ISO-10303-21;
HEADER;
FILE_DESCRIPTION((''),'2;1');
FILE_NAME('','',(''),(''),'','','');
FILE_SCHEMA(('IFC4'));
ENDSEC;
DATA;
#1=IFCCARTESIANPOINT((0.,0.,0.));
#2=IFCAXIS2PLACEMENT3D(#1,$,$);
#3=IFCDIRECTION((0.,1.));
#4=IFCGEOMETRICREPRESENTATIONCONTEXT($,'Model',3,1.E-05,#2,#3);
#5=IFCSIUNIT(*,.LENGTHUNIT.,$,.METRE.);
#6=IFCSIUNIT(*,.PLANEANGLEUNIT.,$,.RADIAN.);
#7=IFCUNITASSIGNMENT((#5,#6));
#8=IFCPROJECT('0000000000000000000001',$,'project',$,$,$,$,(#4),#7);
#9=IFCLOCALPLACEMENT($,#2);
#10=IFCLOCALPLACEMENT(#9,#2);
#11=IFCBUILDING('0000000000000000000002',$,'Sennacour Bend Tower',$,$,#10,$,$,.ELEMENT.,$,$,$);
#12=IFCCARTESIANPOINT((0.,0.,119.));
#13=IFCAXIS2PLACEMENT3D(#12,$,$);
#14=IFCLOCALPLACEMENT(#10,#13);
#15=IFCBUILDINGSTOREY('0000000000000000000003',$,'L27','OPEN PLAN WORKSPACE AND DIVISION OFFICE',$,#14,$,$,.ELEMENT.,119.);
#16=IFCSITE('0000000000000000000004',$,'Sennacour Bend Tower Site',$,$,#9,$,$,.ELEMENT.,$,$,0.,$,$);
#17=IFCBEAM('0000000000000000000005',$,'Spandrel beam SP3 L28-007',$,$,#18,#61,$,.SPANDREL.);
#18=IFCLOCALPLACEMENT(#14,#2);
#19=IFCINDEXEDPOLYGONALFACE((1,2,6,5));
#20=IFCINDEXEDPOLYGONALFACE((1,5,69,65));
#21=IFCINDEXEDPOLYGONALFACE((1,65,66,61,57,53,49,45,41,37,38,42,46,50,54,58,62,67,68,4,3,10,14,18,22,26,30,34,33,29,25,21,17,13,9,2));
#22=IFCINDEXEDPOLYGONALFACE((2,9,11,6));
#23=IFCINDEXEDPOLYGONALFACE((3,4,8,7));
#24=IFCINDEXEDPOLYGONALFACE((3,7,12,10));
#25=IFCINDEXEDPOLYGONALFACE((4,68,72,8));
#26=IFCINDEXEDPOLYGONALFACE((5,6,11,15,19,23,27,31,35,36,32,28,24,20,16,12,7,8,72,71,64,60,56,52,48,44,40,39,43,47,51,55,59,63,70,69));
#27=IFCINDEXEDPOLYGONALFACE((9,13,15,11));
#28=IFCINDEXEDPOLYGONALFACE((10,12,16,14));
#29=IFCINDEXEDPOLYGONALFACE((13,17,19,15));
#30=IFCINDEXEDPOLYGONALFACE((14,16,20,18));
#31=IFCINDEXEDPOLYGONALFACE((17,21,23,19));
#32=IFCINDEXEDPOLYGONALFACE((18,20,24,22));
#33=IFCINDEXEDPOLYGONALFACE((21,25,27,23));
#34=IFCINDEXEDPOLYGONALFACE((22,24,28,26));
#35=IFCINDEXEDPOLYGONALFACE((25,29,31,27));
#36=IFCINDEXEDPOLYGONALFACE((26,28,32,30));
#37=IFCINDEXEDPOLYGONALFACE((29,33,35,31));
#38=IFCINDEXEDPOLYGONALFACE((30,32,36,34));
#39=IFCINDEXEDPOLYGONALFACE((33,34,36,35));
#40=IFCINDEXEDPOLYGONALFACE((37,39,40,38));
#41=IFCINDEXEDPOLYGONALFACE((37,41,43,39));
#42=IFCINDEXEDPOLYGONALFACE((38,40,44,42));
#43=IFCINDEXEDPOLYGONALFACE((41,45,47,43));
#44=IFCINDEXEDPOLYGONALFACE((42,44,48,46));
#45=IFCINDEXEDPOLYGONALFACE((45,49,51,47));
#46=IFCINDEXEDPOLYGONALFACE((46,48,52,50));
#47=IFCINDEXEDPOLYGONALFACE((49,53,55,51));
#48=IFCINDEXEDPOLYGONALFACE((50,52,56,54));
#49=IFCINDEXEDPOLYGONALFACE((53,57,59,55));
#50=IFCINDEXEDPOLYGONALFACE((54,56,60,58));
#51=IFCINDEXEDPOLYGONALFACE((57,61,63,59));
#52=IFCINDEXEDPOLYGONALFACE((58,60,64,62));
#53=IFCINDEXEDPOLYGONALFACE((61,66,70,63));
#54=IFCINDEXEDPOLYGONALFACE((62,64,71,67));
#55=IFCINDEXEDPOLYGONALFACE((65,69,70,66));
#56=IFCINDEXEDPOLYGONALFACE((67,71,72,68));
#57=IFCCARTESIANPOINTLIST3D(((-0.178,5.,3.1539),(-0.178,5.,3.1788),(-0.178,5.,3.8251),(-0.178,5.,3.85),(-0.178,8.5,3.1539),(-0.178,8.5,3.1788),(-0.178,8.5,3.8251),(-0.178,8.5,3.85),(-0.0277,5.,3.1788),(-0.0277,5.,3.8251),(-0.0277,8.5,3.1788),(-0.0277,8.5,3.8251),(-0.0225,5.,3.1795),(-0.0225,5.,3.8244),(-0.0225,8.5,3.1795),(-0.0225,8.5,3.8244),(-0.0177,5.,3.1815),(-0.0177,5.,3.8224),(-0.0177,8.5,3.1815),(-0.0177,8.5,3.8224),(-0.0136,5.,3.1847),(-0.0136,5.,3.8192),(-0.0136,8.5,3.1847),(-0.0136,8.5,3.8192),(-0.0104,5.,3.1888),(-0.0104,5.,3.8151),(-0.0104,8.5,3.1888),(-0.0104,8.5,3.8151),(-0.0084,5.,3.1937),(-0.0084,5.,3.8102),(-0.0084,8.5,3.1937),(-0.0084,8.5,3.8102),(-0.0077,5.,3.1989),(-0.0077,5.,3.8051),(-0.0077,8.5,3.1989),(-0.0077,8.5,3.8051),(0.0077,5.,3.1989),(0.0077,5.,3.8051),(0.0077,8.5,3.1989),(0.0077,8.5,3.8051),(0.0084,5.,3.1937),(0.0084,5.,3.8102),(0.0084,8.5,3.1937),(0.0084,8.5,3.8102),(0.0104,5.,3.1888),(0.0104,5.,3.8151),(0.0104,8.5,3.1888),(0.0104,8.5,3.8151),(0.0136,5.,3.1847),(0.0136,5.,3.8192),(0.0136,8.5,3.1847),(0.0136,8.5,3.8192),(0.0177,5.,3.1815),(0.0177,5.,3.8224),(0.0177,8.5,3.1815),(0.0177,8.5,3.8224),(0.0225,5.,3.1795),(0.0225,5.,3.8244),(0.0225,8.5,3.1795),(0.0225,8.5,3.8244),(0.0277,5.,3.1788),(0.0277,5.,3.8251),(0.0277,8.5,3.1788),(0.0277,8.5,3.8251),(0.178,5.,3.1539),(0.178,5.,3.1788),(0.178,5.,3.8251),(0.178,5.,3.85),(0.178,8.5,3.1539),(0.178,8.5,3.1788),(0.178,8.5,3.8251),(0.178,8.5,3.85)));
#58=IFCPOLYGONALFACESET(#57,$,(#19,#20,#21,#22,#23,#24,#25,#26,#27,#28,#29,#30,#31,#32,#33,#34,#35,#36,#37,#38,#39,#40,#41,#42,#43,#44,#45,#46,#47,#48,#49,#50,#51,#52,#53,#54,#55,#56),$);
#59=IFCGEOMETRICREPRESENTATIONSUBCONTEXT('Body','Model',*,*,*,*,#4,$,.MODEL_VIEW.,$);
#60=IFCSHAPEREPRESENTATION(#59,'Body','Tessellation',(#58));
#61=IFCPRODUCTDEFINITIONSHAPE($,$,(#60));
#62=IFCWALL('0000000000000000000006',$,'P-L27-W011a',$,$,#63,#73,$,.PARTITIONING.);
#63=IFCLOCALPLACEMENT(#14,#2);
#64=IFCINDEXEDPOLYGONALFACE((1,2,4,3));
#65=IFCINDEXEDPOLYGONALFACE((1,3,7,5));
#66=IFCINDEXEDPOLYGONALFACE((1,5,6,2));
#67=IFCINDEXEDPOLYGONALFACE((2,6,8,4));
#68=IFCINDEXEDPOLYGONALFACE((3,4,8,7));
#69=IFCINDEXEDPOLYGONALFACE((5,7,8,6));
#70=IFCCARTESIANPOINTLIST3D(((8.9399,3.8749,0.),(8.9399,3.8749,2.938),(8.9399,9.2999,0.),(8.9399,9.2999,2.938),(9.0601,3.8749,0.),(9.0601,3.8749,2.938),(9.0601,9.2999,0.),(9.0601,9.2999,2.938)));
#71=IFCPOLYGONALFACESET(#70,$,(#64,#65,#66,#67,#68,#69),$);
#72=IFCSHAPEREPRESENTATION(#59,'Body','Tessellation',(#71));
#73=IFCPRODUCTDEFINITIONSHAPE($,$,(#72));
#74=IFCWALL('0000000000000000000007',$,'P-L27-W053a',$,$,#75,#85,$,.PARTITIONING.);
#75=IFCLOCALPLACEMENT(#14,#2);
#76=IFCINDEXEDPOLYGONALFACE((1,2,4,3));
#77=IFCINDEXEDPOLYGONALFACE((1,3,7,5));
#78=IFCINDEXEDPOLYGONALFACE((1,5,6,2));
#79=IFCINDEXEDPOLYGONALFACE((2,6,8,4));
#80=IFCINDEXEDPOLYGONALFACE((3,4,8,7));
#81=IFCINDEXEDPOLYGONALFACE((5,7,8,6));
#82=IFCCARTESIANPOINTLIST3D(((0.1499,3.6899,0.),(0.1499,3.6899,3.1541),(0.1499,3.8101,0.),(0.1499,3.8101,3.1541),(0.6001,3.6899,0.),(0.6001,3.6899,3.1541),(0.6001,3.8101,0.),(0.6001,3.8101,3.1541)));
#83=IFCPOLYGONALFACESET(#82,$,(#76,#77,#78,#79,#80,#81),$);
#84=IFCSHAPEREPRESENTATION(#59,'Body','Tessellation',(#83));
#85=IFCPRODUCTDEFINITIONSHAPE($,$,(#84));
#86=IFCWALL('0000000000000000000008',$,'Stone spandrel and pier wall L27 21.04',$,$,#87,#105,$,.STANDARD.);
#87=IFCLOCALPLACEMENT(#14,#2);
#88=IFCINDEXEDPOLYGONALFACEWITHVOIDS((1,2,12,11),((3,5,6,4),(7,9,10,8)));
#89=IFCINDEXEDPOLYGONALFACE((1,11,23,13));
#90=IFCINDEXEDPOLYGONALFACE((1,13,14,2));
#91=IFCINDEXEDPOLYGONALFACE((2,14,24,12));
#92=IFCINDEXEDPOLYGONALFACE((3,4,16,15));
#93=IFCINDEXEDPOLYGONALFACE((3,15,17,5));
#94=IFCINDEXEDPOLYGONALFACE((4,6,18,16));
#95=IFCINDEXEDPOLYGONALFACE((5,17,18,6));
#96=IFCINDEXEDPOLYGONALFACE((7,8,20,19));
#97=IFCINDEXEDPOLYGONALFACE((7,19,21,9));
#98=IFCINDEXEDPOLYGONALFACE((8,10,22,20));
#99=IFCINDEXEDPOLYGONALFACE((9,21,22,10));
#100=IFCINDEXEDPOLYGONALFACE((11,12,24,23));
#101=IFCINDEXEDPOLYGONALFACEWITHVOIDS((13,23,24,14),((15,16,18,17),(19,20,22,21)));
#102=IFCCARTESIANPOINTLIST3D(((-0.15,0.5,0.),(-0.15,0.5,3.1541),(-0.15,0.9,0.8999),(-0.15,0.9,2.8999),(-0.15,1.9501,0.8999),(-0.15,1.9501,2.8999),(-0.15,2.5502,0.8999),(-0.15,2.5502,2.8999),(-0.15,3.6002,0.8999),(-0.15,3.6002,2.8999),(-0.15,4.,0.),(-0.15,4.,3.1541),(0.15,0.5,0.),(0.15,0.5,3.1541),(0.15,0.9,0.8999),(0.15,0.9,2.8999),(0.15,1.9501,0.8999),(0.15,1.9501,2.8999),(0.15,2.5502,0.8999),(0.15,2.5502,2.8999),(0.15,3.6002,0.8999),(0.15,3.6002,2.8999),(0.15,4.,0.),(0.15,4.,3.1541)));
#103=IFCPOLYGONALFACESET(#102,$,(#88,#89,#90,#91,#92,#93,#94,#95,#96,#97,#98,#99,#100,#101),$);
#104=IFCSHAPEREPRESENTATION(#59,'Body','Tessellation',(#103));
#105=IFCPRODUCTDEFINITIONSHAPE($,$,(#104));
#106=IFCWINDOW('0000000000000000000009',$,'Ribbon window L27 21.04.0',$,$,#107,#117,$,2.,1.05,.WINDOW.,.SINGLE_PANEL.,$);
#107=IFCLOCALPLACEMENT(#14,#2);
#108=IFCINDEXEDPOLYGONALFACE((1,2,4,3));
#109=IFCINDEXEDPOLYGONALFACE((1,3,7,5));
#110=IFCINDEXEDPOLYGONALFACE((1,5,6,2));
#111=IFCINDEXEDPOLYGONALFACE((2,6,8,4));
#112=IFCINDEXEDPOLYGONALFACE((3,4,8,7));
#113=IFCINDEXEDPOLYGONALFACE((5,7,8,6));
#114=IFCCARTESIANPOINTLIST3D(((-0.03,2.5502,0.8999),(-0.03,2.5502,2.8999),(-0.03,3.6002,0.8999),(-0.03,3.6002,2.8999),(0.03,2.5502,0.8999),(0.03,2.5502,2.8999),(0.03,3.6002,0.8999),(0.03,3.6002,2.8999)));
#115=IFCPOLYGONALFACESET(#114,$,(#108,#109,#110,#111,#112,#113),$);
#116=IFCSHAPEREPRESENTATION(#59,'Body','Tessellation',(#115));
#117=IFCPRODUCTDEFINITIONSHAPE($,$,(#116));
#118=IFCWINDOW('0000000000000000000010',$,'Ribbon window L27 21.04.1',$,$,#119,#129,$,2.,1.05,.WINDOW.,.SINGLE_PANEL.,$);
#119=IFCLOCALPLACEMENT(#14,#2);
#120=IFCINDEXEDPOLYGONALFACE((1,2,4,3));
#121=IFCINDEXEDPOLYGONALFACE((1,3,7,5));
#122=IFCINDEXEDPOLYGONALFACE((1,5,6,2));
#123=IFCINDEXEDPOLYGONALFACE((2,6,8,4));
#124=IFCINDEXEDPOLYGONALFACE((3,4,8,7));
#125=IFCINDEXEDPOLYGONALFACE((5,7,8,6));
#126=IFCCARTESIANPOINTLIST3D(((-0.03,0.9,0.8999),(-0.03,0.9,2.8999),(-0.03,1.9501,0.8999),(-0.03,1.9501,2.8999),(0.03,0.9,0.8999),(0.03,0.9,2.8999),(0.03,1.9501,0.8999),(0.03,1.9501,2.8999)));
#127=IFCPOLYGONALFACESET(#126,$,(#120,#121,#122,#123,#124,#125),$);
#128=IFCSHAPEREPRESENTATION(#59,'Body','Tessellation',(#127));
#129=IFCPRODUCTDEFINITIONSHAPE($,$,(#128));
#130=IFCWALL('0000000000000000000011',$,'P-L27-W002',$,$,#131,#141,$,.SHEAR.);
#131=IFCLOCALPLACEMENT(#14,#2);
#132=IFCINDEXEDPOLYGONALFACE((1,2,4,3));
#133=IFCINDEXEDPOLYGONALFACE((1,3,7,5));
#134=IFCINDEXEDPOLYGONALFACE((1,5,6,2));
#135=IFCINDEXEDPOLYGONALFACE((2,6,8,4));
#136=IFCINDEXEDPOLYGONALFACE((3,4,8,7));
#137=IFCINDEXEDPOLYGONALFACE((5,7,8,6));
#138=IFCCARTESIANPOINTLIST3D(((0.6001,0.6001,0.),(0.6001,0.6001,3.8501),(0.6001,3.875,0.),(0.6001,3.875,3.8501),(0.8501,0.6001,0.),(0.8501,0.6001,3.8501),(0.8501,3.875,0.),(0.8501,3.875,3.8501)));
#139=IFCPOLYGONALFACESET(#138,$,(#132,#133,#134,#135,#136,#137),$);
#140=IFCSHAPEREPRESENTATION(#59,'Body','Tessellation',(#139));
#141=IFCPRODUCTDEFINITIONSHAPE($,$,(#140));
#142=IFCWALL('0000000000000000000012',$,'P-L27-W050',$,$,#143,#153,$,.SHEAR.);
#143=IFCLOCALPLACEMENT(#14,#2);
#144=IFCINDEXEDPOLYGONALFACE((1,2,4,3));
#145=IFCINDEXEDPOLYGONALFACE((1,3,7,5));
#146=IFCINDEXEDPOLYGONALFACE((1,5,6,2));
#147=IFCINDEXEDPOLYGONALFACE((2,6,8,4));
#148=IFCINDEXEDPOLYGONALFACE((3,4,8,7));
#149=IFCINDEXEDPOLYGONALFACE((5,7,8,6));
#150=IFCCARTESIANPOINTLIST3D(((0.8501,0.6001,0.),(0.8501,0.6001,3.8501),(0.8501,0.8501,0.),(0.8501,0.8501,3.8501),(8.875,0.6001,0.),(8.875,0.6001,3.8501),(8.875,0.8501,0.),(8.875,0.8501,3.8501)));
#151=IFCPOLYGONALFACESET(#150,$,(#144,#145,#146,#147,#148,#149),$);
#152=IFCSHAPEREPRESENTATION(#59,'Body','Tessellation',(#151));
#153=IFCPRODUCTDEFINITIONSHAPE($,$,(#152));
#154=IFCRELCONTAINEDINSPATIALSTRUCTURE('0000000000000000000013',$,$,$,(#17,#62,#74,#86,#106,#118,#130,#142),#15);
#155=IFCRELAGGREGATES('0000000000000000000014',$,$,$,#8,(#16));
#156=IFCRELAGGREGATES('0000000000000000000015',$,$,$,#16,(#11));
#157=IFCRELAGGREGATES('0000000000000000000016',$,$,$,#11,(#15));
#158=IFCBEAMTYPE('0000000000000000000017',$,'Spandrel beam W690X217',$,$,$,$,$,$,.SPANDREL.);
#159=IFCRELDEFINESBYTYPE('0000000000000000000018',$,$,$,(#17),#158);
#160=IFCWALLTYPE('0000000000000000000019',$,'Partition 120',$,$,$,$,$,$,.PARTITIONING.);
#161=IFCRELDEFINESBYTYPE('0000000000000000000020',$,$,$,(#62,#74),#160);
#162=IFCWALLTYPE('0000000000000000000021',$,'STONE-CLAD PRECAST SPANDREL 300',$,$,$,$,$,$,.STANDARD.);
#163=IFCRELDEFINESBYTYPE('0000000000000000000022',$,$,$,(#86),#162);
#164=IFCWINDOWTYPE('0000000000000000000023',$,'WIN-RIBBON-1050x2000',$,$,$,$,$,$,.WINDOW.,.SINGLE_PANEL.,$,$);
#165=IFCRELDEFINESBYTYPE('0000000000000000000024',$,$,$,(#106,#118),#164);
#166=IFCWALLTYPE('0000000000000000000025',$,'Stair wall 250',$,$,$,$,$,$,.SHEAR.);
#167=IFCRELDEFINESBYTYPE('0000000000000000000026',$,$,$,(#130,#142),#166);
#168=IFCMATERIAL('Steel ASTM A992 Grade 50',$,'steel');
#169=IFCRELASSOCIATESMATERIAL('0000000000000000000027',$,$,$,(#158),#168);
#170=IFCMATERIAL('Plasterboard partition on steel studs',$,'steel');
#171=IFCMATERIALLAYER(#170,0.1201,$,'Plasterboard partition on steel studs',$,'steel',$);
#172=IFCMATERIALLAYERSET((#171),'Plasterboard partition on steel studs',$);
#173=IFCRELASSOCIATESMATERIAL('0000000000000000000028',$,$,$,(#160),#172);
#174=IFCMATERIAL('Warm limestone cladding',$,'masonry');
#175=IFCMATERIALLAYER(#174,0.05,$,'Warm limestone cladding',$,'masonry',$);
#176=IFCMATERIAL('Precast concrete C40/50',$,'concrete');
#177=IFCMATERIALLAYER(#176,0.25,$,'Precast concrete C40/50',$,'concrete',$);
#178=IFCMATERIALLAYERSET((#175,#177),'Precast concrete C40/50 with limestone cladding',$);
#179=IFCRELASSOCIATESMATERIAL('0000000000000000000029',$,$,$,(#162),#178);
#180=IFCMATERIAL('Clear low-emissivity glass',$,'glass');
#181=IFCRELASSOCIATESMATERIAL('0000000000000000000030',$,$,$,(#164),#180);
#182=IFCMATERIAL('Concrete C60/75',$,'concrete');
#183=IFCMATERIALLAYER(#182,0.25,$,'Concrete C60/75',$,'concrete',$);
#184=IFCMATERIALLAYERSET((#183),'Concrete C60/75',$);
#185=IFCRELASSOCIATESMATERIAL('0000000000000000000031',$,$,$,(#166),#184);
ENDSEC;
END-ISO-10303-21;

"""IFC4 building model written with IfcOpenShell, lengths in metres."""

from ifc_helpers import new_model, si_unit, direction, frame, frame_2d, origin, origin_2d, place, context, subcontext, project, spatial, rectangle, i_section, extrude, material, layer, layer_set, material_profile, profile_set, type_object, element, fill, save


model = new_model("IFC4")

# Units and contexts
model_context = context("Model", 3, precision=1e-05, world=origin(), true_north=direction((0.0, 1.0)))
body_context = subcontext(model_context, "Body", "Model", "MODEL_VIEW")
ifc_project = project(units=[si_unit("LENGTHUNIT", "METRE"), si_unit("PLANEANGLEUNIT", "RADIAN")], contexts=[model_context])

# Site, building, storey
site_placement = place(None, origin())
site = spatial("IfcSite", under=ifc_project, at=site_placement, Name="Sennacour Bend Tower Site", CompositionType="ELEMENT", RefElevation=0.0)
building_placement = place(site_placement, origin())
building = spatial("IfcBuilding", under=site, at=building_placement, Name="Sennacour Bend Tower", CompositionType="ELEMENT")
storey_placement = place(building_placement, frame((0.0, 0.0, 119.0)))
storey = spatial("IfcBuildingStorey", under=building, at=storey_placement, Name="L27", Description="OPEN PLAN WORKSPACE AND DIVISION OFFICE", CompositionType="ELEMENT", Elevation=119.0)

# Beam
ifc_material_1 = material(Name="Steel ASTM A992 Grade 50", Category="steel")
ifc_material_profile_1 = material_profile(ifc_material_1, i_section(OverallWidth=0.356, OverallDepth=0.696, WebThickness=0.0154, FlangeThickness=0.0249, FilletRadius=0.02, at=origin_2d()), Name="Steel ASTM A992 Grade 50", Category="steel")
ifc_profile_set_1 = profile_set([ifc_material_profile_1], Name="Steel ASTM A992 Grade 50")
beam_type_1 = type_object("IfcBeamType", Name="Spandrel beam W690X217", PredefinedType="SPANDREL", material=ifc_profile_set_1)
beam_placement = place(storey_placement, frame((0.0, 5.0, 3.502), z_axis=(0.0, 1.0, 0.0), x_axis=(-1.0, 0.0, 0.0)))
element("IfcBeam", 1, at=beam_placement, inside=storey, type_object=beam_type_1, Name="Spandrel beam SP3 L28-007", PredefinedType="SPANDREL", context=body_context, shape_type="SweptSolid", body=[
    extrude(i_section(OverallWidth=0.356, OverallDepth=0.696, WebThickness=0.0154, FlangeThickness=0.0249, FilletRadius=0.02, at=origin_2d()), origin(), (0.0, 0.0, 1.0), 3.5),
])

# Walls
ifc_material_2 = material(Name="Plasterboard partition on steel studs", Category="steel")
ifc_layer_1 = layer(ifc_material_2, 0.1201, Name="Plasterboard partition on steel studs", Category="steel")
ifc_layer_set_1 = layer_set([ifc_layer_1], Name="Plasterboard partition on steel studs")
wall_type_1 = type_object("IfcWallType", Name="Partition 120", PredefinedType="PARTITIONING", material=ifc_layer_set_1)
wall_1_placement = place(storey_placement, frame((9.0, 3.875, 0.0), z_axis=(0.0, 0.0, 1.0), x_axis=(0.0, 1.0, 0.0)))
element("IfcWall", 2, at=wall_1_placement, inside=storey, type_object=wall_type_1, Name="P-L27-W011a", PredefinedType="PARTITIONING", context=body_context, shape_type="SweptSolid", body=[
    extrude(rectangle(XDim=5.425, YDim=0.1201, at=frame_2d((2.7124, 0.0))), origin(), (0.0, 0.0, 1.0), 2.938),
])
wall_2_placement = place(storey_placement, frame((0.1499, 3.75, 0.0), z_axis=(0.0, 0.0, 1.0), x_axis=(1.0, 0.0, 0.0)))
element("IfcWall", 3, at=wall_2_placement, inside=storey, type_object=wall_type_1, Name="P-L27-W053a", PredefinedType="PARTITIONING", context=body_context, shape_type="SweptSolid", body=[
    extrude(rectangle(XDim=0.4502, YDim=0.1201, at=frame_2d((0.2251, 0.0))), origin(), (0.0, 0.0, 1.0), 3.1541),
])

# Wall, openings, windows
ifc_material_3 = material(Name="Warm limestone cladding", Category="masonry")
ifc_layer_2 = layer(ifc_material_3, 0.05, Name="Warm limestone cladding", Category="masonry")
ifc_material_4 = material(Name="Precast concrete C40/50", Category="concrete")
ifc_layer_3 = layer(ifc_material_4, 0.25, Name="Precast concrete C40/50", Category="concrete")
ifc_layer_set_2 = layer_set([ifc_layer_2, ifc_layer_3], Name="Precast concrete C40/50 with limestone cladding")
wall_type_2 = type_object("IfcWallType", Name="STONE-CLAD PRECAST SPANDREL 300", PredefinedType="STANDARD", material=ifc_layer_set_2)
wall_3_placement = place(storey_placement, frame((0.0, 4.0, 0.0), z_axis=(0.0, 0.0, 1.0), x_axis=(0.0, -1.0, 0.0)))
wall_3 = element("IfcWall", 4, at=wall_3_placement, inside=storey, type_object=wall_type_2, Name="Stone spandrel and pier wall L27 21.04", PredefinedType="STANDARD", context=body_context, shape_type="SweptSolid", body=[
    extrude(rectangle(XDim=3.5, YDim=0.3, at=frame_2d((1.75, 0.0))), origin(), (0.0, 0.0, 1.0), 3.1541),
])
opening_1_placement = place(wall_3_placement, frame((0.3999, 0.0, 0.8999)))
opening_1 = element("IfcOpeningElement", 5, at=opening_1_placement, cuts=wall_3, PredefinedType="OPENING", context=body_context, shape_type="SweptSolid", body=[
    extrude(rectangle(XDim=1.05, YDim=2.0, at=frame_2d((0.5249, 1.0))), frame((0.0, 0.1602, 0.0), z_axis=(0.0, -1.0, 0.0), x_axis=(1.0, 0.0, 0.0)), (0.0, 0.0, 1.0), 0.3201),
])
opening_2_placement = place(wall_3_placement, frame((2.05, 0.0, 0.8999)))
opening_2 = element("IfcOpeningElement", 6, at=opening_2_placement, cuts=wall_3, PredefinedType="OPENING", context=body_context, shape_type="SweptSolid", body=[
    extrude(rectangle(XDim=1.05, YDim=2.0, at=frame_2d((0.5249, 1.0))), frame((0.0, 0.1602, 0.0), z_axis=(0.0, -1.0, 0.0), x_axis=(1.0, 0.0, 0.0)), (0.0, 0.0, 1.0), 0.3201),
])
ifc_material_5 = material(Name="Clear low-emissivity glass", Category="glass")
window_type = type_object("IfcWindowType", Name="WIN-RIBBON-1050x2000", PartitioningType="SINGLE_PANEL", PredefinedType="WINDOW", material=ifc_material_5)
window_1_placement = place(opening_1_placement, origin())
window_1 = element("IfcWindow", 7, at=window_1_placement, inside=storey, type_object=window_type, Name="Ribbon window L27 21.04.0", OverallHeight=2.0, OverallWidth=1.05, PartitioningType="SINGLE_PANEL", PredefinedType="WINDOW", context=body_context, shape_type="SweptSolid", body=[
    extrude(rectangle(XDim=1.05, YDim=2.0, at=frame_2d((0.5249, 1.0))), frame((0.0, 0.03, 0.0), z_axis=(0.0, -1.0, 0.0), x_axis=(1.0, 0.0, 0.0)), (0.0, 0.0, 1.0), 0.0601),
])
fill(opening_1, window_1)
window_2_placement = place(opening_2_placement, origin())
window_2 = element("IfcWindow", 8, at=window_2_placement, inside=storey, type_object=window_type, Name="Ribbon window L27 21.04.1", OverallHeight=2.0, OverallWidth=1.05, PartitioningType="SINGLE_PANEL", PredefinedType="WINDOW", context=body_context, shape_type="SweptSolid", body=[
    extrude(rectangle(XDim=1.05, YDim=2.0, at=frame_2d((0.5249, 1.0))), frame((0.0, 0.03, 0.0), z_axis=(0.0, -1.0, 0.0), x_axis=(1.0, 0.0, 0.0)), (0.0, 0.0, 1.0), 0.0601),
])
fill(opening_2, window_2)

# Walls
ifc_material_6 = material(Name="Concrete C60/75", Category="concrete")
ifc_layer_4 = layer(ifc_material_6, 0.25, Name="Concrete C60/75", Category="concrete")
ifc_layer_set_3 = layer_set([ifc_layer_4], Name="Concrete C60/75")
wall_type_3 = type_object("IfcWallType", Name="Stair wall 250", PredefinedType="SHEAR", material=ifc_layer_set_3)
wall_4_placement = place(storey_placement, frame((0.7251, 0.6001, 0.0), z_axis=(0.0, 0.0, 1.0), x_axis=(0.0, 1.0, 0.0)))
element("IfcWall", 9, at=wall_4_placement, inside=storey, type_object=wall_type_3, Name="P-L27-W002", PredefinedType="SHEAR", context=body_context, shape_type="SweptSolid", body=[
    extrude(rectangle(XDim=3.2749, YDim=0.25, at=frame_2d((1.6375, 0.0))), origin(), (0.0, 0.0, 1.0), 3.8501),
])
wall_5_placement = place(storey_placement, frame((0.8501, 0.7251, 0.0), z_axis=(0.0, 0.0, 1.0), x_axis=(1.0, 0.0, 0.0)))
element("IfcWall", 10, at=wall_5_placement, inside=storey, type_object=wall_type_3, Name="P-L27-W050", PredefinedType="SHEAR", context=body_context, shape_type="SweptSolid", body=[
    extrude(rectangle(XDim=8.0249, YDim=0.25, at=frame_2d((4.0125, 0.0))), origin(), (0.0, 0.0, 1.0), 3.8501),
])

save(model, "model.ifc")
